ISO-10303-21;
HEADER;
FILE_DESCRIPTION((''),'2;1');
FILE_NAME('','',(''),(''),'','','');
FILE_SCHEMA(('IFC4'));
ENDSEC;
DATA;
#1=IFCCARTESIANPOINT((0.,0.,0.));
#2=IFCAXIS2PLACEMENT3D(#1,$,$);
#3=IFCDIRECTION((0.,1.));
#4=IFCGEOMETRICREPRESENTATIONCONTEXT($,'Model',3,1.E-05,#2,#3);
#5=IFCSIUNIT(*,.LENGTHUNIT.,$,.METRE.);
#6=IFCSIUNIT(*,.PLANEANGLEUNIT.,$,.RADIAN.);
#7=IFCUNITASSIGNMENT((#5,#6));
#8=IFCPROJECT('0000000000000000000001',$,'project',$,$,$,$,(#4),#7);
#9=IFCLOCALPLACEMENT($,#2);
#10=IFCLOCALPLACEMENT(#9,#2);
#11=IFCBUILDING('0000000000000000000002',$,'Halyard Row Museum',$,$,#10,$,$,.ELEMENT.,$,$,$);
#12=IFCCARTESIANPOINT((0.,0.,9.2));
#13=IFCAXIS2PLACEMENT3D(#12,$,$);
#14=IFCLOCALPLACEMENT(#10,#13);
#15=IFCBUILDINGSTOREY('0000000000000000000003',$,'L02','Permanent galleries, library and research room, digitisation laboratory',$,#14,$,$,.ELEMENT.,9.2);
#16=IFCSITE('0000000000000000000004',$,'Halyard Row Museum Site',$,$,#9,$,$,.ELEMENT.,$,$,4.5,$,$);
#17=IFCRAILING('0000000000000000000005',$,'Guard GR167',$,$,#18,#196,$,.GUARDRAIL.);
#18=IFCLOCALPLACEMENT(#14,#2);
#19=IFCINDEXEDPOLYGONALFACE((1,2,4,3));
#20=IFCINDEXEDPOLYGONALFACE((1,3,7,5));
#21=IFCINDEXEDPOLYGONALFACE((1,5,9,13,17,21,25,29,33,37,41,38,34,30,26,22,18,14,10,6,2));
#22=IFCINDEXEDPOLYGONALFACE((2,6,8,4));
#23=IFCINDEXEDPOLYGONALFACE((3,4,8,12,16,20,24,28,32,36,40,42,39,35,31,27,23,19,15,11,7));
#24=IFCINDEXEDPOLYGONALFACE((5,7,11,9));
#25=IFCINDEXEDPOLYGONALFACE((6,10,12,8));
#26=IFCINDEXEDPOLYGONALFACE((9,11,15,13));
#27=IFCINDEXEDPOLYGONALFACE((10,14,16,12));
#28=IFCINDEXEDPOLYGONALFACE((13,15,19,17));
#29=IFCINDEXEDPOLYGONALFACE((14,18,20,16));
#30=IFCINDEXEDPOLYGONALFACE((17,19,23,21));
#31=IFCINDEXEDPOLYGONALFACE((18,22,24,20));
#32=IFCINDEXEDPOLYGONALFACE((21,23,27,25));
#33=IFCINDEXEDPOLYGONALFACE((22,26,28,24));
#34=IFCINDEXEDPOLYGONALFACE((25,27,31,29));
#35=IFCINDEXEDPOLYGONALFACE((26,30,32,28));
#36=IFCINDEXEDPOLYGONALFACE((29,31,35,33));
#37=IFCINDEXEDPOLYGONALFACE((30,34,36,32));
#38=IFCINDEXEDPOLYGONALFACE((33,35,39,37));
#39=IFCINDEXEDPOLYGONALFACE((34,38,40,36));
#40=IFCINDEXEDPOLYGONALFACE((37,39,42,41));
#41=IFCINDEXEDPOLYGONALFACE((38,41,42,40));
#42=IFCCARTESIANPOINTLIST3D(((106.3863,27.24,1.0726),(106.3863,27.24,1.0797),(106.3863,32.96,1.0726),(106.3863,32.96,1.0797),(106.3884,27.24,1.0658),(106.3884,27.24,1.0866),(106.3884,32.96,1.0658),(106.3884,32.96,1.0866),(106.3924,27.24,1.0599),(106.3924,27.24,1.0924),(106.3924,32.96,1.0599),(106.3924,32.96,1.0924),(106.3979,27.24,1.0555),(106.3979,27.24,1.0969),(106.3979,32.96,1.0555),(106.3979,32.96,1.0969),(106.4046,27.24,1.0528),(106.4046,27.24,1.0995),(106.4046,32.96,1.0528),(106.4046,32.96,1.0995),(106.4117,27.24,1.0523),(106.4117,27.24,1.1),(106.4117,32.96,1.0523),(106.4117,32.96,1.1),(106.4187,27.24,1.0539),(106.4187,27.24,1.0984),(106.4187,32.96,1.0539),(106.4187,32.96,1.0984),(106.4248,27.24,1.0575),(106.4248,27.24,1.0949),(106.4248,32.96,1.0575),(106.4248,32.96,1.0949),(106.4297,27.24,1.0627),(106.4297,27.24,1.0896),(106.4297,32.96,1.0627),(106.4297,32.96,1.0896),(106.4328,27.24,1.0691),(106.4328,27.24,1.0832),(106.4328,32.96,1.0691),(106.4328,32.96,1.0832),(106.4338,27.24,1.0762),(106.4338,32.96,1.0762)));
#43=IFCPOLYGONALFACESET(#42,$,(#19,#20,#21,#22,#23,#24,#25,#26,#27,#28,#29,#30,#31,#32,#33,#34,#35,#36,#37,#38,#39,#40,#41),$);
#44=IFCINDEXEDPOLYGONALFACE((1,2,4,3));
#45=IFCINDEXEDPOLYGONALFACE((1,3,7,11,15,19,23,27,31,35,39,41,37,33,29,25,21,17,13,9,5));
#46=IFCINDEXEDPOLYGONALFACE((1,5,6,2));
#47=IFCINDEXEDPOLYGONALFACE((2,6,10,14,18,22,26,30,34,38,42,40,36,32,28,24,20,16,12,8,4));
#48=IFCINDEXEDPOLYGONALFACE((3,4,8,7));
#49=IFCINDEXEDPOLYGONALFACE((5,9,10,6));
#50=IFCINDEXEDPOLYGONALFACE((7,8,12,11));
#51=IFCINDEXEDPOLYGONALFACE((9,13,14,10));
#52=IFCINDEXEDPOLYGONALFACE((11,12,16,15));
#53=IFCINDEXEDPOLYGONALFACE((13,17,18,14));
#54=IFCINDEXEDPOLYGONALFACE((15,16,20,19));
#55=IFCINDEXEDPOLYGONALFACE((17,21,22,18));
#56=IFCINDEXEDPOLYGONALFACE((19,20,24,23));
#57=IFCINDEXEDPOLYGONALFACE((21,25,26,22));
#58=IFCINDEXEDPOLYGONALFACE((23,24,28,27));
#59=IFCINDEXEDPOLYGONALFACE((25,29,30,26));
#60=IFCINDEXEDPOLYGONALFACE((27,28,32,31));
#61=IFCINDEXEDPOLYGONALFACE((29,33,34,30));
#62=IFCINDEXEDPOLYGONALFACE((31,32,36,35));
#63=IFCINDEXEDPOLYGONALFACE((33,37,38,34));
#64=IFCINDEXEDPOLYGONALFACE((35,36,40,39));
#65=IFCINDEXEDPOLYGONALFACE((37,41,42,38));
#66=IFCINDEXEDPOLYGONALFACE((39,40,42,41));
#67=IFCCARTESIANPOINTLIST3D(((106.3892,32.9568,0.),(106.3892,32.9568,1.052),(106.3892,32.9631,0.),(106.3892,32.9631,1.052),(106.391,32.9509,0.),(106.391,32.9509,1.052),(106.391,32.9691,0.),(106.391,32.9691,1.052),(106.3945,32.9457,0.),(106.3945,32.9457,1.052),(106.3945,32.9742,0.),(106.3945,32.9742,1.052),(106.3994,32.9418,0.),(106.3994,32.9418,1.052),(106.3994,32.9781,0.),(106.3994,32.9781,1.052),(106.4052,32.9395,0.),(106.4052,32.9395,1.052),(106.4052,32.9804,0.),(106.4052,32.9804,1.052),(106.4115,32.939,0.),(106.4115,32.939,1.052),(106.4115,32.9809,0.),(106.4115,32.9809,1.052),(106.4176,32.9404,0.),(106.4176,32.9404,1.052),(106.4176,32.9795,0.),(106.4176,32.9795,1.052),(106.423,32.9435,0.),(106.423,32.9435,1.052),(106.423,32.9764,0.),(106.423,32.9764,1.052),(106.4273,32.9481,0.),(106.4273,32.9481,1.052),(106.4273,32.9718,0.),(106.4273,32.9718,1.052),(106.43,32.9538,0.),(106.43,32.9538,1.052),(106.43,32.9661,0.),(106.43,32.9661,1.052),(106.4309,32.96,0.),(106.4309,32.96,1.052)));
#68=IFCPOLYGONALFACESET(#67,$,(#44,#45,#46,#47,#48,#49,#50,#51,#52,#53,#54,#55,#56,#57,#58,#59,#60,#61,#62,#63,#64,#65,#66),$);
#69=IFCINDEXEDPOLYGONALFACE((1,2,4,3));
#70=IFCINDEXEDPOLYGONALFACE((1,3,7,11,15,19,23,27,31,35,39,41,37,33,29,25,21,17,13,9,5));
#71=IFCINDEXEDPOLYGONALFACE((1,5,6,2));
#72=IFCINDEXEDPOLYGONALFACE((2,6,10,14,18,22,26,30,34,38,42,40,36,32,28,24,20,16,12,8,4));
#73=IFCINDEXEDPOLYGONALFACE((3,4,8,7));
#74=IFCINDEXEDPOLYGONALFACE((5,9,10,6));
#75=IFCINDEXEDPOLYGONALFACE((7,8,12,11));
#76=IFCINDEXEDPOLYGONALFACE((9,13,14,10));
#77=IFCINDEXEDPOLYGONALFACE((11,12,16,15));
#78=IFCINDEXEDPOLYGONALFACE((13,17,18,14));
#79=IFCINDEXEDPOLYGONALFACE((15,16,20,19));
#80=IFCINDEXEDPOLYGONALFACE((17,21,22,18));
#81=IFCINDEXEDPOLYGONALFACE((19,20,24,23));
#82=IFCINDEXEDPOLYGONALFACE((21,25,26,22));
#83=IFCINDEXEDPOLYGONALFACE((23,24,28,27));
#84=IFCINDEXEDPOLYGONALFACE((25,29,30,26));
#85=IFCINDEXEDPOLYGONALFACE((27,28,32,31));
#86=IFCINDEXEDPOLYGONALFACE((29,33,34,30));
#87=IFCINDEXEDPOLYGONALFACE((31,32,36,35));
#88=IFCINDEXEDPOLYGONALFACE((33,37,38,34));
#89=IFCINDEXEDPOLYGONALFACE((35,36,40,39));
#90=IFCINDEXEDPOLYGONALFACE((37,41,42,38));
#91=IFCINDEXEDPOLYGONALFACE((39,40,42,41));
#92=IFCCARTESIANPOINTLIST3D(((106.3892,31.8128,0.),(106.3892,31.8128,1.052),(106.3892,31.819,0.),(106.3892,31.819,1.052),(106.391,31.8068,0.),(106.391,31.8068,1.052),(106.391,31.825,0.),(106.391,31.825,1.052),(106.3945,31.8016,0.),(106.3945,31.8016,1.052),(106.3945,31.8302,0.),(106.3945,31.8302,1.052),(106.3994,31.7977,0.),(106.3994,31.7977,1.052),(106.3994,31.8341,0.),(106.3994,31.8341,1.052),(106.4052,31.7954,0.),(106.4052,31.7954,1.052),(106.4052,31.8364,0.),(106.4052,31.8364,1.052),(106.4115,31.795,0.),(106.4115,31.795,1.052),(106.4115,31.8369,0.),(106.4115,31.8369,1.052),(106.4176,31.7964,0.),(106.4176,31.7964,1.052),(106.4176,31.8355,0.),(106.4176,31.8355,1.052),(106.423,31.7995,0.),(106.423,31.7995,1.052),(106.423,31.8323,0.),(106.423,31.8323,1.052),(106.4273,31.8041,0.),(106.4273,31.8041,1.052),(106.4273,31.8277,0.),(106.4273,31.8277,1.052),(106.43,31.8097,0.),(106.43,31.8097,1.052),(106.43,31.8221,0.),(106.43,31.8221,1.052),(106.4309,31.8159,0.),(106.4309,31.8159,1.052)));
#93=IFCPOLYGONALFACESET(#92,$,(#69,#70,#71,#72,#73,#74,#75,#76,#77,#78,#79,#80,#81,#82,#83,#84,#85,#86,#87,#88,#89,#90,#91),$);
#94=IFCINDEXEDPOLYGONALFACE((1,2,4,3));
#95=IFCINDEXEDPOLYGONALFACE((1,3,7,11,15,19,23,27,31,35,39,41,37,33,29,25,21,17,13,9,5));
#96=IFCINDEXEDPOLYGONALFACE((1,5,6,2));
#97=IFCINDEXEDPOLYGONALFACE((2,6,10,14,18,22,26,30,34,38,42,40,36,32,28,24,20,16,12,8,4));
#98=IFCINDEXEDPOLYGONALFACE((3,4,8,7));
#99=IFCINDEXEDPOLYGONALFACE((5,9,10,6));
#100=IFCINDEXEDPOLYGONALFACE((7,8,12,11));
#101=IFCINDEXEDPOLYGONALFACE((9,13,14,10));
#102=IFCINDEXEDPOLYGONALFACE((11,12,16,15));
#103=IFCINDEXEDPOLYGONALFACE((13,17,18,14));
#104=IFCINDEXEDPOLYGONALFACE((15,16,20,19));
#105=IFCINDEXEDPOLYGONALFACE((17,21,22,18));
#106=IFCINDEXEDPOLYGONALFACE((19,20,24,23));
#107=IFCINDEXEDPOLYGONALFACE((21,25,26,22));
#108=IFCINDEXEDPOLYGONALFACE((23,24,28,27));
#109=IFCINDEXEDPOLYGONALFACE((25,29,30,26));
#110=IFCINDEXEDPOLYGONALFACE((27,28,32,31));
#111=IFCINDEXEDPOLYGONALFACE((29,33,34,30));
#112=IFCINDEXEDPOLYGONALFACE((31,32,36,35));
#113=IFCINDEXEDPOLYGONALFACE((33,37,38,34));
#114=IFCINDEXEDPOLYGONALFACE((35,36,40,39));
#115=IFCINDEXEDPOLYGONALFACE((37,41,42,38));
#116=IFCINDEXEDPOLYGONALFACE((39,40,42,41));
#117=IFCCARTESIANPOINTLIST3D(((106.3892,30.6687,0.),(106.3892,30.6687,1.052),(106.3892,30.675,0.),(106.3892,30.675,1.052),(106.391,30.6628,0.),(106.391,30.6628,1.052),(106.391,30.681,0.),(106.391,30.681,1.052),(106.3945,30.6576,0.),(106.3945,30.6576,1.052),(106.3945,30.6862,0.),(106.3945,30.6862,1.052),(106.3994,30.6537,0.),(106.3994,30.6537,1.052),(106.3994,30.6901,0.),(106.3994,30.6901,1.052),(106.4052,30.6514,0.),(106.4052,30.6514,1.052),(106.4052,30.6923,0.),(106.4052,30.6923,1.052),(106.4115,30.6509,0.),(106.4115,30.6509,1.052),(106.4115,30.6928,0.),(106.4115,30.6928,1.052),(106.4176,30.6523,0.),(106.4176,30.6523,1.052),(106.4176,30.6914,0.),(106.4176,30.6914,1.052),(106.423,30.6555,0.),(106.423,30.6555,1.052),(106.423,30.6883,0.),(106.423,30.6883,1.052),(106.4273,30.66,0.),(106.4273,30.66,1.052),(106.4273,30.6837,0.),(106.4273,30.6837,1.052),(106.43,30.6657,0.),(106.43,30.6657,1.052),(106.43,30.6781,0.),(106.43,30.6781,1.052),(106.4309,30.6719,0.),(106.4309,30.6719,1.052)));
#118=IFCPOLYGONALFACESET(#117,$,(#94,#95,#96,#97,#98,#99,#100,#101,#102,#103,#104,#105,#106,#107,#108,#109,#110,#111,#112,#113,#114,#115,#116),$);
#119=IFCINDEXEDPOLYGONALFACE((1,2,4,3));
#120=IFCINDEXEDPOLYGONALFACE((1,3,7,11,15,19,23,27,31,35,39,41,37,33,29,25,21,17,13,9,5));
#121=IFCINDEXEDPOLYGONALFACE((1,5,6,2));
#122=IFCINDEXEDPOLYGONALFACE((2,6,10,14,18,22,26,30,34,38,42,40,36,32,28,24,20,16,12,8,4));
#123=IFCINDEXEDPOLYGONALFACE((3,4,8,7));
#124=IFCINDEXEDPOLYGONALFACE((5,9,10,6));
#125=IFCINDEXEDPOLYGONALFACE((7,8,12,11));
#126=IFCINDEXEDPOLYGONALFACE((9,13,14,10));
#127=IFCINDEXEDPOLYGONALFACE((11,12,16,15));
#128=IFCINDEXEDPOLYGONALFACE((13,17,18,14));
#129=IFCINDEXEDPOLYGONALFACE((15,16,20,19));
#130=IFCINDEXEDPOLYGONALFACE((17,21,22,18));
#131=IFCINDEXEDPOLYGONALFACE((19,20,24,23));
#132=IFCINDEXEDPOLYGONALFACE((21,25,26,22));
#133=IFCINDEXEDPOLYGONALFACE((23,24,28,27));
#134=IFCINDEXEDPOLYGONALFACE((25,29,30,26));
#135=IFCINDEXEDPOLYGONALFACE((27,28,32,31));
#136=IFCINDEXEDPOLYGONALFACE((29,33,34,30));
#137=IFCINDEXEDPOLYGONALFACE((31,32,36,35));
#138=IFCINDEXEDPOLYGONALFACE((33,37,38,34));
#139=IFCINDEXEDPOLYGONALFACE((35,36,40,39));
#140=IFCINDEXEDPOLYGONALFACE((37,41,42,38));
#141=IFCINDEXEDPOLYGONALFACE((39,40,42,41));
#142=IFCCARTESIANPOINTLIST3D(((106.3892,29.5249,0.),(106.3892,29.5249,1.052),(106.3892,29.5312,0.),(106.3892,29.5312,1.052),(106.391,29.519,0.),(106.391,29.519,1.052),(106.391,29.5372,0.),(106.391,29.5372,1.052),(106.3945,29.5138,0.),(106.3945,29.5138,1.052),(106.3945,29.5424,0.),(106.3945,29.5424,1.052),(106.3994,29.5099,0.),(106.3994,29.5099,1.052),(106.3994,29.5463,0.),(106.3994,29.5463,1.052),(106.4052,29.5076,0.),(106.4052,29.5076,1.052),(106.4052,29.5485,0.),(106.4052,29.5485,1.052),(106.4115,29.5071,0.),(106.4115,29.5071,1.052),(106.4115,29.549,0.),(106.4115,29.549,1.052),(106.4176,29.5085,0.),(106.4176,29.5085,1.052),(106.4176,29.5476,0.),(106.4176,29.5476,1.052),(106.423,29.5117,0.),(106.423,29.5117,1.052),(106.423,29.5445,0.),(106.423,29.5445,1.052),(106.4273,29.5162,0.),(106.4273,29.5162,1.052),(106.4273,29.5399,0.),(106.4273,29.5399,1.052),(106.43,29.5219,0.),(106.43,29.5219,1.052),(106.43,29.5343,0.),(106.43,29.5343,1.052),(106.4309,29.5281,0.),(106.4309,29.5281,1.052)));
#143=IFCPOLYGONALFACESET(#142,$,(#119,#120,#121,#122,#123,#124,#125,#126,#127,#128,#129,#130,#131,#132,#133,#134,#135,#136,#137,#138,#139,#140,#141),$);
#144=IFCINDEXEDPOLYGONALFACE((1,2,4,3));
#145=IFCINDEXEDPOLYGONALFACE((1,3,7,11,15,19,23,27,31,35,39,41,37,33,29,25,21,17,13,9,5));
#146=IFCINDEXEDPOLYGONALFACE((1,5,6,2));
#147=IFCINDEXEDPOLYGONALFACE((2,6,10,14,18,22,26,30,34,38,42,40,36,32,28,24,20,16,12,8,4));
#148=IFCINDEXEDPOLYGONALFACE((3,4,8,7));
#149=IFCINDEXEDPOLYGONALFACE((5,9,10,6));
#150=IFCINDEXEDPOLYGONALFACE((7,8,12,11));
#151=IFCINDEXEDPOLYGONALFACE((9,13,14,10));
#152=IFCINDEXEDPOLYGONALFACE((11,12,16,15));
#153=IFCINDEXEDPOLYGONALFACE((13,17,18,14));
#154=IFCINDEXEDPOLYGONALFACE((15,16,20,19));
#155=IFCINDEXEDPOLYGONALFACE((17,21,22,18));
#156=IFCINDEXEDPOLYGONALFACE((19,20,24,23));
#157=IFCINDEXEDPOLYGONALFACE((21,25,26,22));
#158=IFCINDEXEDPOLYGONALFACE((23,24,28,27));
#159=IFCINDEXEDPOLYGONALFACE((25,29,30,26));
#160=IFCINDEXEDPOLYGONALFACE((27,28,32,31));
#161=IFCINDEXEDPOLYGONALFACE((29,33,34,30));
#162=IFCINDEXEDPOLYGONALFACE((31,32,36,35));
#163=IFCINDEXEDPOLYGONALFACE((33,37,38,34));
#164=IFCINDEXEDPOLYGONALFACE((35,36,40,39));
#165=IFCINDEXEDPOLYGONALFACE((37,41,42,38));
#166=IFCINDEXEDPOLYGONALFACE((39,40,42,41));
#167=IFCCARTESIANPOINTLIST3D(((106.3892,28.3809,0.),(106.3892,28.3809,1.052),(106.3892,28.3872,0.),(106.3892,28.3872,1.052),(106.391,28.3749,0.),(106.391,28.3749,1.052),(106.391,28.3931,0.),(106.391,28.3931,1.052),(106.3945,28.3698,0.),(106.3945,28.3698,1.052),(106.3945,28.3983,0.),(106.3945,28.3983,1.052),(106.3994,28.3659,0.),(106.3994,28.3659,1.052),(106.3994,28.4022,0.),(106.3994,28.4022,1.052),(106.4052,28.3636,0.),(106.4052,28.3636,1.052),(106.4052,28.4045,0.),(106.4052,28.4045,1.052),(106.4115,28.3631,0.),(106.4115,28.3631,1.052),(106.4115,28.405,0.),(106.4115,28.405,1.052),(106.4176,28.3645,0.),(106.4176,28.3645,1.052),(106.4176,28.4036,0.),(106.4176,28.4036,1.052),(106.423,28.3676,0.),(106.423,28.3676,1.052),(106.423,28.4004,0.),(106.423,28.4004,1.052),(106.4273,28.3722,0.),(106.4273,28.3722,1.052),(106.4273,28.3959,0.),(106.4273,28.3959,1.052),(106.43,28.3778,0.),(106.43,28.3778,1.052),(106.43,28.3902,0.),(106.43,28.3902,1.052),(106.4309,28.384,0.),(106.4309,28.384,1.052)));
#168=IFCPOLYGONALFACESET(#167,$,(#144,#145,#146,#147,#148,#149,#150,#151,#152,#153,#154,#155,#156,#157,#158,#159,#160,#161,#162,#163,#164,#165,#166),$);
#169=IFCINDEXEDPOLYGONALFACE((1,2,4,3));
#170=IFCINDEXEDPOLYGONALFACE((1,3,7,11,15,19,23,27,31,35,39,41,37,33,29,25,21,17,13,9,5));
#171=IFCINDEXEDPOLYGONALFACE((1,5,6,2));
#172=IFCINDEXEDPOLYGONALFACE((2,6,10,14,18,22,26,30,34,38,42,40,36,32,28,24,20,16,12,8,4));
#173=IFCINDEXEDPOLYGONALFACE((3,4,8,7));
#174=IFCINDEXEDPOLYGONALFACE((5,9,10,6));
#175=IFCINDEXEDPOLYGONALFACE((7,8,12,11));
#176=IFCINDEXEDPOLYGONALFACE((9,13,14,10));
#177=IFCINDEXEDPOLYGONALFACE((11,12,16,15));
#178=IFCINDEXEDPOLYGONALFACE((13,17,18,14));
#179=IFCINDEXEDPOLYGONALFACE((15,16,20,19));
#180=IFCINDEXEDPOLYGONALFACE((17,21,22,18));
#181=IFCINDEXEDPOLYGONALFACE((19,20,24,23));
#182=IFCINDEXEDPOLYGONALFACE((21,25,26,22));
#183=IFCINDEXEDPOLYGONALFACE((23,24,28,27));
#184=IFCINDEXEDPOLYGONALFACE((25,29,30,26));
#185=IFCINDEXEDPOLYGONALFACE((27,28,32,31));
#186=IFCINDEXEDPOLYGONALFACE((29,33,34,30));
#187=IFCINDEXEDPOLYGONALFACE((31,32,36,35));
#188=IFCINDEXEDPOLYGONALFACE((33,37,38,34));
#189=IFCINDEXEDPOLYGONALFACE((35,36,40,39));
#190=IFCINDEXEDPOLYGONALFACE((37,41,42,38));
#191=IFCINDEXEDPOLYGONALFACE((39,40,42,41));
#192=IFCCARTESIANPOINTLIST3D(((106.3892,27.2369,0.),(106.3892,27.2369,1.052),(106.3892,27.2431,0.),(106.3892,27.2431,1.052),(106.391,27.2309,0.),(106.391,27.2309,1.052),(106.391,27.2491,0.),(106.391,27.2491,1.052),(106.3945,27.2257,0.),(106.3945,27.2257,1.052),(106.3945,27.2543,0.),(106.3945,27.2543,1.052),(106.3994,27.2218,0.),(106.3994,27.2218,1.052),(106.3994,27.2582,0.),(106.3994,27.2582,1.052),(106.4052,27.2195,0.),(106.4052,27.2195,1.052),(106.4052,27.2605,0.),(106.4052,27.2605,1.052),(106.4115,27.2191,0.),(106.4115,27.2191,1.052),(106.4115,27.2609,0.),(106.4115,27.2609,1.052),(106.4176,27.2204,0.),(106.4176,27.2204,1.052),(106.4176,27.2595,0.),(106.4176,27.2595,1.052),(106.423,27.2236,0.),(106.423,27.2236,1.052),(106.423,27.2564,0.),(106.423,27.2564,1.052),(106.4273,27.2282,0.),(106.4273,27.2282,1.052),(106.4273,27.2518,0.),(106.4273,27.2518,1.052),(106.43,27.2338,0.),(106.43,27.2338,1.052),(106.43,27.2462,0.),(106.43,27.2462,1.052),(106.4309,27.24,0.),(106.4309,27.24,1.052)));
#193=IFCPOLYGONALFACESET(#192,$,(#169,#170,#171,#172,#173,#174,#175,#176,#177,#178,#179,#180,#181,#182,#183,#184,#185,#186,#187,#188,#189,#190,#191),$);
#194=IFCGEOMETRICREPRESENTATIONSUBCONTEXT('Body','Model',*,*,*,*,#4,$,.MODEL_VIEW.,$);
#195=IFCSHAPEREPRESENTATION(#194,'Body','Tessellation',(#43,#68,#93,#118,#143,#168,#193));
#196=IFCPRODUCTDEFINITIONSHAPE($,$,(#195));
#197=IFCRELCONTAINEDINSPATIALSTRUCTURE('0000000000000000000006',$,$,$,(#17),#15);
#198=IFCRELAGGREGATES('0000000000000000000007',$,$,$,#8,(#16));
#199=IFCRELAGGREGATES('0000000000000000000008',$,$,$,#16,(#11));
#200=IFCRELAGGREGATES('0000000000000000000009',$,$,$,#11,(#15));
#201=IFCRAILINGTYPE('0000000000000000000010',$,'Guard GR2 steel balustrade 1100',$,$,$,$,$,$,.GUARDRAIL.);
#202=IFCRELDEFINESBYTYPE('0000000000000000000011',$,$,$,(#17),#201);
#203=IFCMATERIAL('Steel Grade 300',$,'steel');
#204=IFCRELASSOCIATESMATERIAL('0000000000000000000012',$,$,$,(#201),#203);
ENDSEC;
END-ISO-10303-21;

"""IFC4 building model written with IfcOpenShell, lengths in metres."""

from ifc_helpers import new_model, si_unit, direction, frame, origin, origin_2d, place, context, subcontext, project, spatial, circle, extrude, material, type_object, element, save


model = new_model("IFC4")

# Units and contexts
model_context = context("Model", 3, precision=1e-05, world=origin(), true_north=direction((0.0, 1.0)))
body_context = subcontext(model_context, "Body", "Model", "MODEL_VIEW")
ifc_project = project(units=[si_unit("LENGTHUNIT", "METRE"), si_unit("PLANEANGLEUNIT", "RADIAN")], contexts=[model_context])

# Site, building, storey
site_placement = place(None, origin())
site = spatial("IfcSite", under=ifc_project, at=site_placement, Name="Halyard Row Museum Site", CompositionType="ELEMENT", RefElevation=4.5)
building_placement = place(site_placement, origin())
building = spatial("IfcBuilding", under=site, at=building_placement, Name="Halyard Row Museum", CompositionType="ELEMENT")
storey_placement = place(building_placement, frame((0.0, 0.0, 9.2)))
storey = spatial("IfcBuildingStorey", under=building, at=storey_placement, Name="L02", Description="Permanent galleries, library and research room, digitisation laboratory", CompositionType="ELEMENT", Elevation=9.2)

# Railing
ifc_material_1 = material(Name="Steel Grade 300", Category="steel")
railing_type_1 = type_object("IfcRailingType", Name="Guard GR2 steel balustrade 1100", PredefinedType="GUARDRAIL", material=ifc_material_1)
railing_1_placement = place(storey_placement, frame((106.4099, 32.96, 0.0)))
element("IfcRailing", 1, at=railing_1_placement, inside=storey, type_object=railing_type_1, Name="Guard GR167", PredefinedType="GUARDRAIL", context=body_context, shape_type="SweptSolid", body=[
    extrude(circle(Radius=0.0239, at=origin_2d()), frame((0.0, 0.0, 1.0762), z_axis=(0.0, -1.0, 0.0), x_axis=(1.0, 0.0, 0.0)), (0.0, 0.0, 1.0), 5.72),
    extrude(circle(Radius=0.021, at=origin_2d()), origin(), (0.0, 0.0, 1.0), 1.052),
    extrude(circle(Radius=0.021, at=origin_2d()), frame((0.0, -1.144, 0.0)), (0.0, 0.0, 1.0), 1.052),
    extrude(circle(Radius=0.021, at=origin_2d()), frame((0.0, -2.2881, 0.0)), (0.0, 0.0, 1.0), 1.052),
    extrude(circle(Radius=0.021, at=origin_2d()), frame((0.0, -3.4319, 0.0)), (0.0, 0.0, 1.0), 1.052),
    extrude(circle(Radius=0.021, at=origin_2d()), frame((0.0, -4.5759, 0.0)), (0.0, 0.0, 1.0), 1.052),
    extrude(circle(Radius=0.021, at=origin_2d()), frame((0.0, -5.72, 0.0)), (0.0, 0.0, 1.0), 1.052),
])

save(model, "model.ifc")
